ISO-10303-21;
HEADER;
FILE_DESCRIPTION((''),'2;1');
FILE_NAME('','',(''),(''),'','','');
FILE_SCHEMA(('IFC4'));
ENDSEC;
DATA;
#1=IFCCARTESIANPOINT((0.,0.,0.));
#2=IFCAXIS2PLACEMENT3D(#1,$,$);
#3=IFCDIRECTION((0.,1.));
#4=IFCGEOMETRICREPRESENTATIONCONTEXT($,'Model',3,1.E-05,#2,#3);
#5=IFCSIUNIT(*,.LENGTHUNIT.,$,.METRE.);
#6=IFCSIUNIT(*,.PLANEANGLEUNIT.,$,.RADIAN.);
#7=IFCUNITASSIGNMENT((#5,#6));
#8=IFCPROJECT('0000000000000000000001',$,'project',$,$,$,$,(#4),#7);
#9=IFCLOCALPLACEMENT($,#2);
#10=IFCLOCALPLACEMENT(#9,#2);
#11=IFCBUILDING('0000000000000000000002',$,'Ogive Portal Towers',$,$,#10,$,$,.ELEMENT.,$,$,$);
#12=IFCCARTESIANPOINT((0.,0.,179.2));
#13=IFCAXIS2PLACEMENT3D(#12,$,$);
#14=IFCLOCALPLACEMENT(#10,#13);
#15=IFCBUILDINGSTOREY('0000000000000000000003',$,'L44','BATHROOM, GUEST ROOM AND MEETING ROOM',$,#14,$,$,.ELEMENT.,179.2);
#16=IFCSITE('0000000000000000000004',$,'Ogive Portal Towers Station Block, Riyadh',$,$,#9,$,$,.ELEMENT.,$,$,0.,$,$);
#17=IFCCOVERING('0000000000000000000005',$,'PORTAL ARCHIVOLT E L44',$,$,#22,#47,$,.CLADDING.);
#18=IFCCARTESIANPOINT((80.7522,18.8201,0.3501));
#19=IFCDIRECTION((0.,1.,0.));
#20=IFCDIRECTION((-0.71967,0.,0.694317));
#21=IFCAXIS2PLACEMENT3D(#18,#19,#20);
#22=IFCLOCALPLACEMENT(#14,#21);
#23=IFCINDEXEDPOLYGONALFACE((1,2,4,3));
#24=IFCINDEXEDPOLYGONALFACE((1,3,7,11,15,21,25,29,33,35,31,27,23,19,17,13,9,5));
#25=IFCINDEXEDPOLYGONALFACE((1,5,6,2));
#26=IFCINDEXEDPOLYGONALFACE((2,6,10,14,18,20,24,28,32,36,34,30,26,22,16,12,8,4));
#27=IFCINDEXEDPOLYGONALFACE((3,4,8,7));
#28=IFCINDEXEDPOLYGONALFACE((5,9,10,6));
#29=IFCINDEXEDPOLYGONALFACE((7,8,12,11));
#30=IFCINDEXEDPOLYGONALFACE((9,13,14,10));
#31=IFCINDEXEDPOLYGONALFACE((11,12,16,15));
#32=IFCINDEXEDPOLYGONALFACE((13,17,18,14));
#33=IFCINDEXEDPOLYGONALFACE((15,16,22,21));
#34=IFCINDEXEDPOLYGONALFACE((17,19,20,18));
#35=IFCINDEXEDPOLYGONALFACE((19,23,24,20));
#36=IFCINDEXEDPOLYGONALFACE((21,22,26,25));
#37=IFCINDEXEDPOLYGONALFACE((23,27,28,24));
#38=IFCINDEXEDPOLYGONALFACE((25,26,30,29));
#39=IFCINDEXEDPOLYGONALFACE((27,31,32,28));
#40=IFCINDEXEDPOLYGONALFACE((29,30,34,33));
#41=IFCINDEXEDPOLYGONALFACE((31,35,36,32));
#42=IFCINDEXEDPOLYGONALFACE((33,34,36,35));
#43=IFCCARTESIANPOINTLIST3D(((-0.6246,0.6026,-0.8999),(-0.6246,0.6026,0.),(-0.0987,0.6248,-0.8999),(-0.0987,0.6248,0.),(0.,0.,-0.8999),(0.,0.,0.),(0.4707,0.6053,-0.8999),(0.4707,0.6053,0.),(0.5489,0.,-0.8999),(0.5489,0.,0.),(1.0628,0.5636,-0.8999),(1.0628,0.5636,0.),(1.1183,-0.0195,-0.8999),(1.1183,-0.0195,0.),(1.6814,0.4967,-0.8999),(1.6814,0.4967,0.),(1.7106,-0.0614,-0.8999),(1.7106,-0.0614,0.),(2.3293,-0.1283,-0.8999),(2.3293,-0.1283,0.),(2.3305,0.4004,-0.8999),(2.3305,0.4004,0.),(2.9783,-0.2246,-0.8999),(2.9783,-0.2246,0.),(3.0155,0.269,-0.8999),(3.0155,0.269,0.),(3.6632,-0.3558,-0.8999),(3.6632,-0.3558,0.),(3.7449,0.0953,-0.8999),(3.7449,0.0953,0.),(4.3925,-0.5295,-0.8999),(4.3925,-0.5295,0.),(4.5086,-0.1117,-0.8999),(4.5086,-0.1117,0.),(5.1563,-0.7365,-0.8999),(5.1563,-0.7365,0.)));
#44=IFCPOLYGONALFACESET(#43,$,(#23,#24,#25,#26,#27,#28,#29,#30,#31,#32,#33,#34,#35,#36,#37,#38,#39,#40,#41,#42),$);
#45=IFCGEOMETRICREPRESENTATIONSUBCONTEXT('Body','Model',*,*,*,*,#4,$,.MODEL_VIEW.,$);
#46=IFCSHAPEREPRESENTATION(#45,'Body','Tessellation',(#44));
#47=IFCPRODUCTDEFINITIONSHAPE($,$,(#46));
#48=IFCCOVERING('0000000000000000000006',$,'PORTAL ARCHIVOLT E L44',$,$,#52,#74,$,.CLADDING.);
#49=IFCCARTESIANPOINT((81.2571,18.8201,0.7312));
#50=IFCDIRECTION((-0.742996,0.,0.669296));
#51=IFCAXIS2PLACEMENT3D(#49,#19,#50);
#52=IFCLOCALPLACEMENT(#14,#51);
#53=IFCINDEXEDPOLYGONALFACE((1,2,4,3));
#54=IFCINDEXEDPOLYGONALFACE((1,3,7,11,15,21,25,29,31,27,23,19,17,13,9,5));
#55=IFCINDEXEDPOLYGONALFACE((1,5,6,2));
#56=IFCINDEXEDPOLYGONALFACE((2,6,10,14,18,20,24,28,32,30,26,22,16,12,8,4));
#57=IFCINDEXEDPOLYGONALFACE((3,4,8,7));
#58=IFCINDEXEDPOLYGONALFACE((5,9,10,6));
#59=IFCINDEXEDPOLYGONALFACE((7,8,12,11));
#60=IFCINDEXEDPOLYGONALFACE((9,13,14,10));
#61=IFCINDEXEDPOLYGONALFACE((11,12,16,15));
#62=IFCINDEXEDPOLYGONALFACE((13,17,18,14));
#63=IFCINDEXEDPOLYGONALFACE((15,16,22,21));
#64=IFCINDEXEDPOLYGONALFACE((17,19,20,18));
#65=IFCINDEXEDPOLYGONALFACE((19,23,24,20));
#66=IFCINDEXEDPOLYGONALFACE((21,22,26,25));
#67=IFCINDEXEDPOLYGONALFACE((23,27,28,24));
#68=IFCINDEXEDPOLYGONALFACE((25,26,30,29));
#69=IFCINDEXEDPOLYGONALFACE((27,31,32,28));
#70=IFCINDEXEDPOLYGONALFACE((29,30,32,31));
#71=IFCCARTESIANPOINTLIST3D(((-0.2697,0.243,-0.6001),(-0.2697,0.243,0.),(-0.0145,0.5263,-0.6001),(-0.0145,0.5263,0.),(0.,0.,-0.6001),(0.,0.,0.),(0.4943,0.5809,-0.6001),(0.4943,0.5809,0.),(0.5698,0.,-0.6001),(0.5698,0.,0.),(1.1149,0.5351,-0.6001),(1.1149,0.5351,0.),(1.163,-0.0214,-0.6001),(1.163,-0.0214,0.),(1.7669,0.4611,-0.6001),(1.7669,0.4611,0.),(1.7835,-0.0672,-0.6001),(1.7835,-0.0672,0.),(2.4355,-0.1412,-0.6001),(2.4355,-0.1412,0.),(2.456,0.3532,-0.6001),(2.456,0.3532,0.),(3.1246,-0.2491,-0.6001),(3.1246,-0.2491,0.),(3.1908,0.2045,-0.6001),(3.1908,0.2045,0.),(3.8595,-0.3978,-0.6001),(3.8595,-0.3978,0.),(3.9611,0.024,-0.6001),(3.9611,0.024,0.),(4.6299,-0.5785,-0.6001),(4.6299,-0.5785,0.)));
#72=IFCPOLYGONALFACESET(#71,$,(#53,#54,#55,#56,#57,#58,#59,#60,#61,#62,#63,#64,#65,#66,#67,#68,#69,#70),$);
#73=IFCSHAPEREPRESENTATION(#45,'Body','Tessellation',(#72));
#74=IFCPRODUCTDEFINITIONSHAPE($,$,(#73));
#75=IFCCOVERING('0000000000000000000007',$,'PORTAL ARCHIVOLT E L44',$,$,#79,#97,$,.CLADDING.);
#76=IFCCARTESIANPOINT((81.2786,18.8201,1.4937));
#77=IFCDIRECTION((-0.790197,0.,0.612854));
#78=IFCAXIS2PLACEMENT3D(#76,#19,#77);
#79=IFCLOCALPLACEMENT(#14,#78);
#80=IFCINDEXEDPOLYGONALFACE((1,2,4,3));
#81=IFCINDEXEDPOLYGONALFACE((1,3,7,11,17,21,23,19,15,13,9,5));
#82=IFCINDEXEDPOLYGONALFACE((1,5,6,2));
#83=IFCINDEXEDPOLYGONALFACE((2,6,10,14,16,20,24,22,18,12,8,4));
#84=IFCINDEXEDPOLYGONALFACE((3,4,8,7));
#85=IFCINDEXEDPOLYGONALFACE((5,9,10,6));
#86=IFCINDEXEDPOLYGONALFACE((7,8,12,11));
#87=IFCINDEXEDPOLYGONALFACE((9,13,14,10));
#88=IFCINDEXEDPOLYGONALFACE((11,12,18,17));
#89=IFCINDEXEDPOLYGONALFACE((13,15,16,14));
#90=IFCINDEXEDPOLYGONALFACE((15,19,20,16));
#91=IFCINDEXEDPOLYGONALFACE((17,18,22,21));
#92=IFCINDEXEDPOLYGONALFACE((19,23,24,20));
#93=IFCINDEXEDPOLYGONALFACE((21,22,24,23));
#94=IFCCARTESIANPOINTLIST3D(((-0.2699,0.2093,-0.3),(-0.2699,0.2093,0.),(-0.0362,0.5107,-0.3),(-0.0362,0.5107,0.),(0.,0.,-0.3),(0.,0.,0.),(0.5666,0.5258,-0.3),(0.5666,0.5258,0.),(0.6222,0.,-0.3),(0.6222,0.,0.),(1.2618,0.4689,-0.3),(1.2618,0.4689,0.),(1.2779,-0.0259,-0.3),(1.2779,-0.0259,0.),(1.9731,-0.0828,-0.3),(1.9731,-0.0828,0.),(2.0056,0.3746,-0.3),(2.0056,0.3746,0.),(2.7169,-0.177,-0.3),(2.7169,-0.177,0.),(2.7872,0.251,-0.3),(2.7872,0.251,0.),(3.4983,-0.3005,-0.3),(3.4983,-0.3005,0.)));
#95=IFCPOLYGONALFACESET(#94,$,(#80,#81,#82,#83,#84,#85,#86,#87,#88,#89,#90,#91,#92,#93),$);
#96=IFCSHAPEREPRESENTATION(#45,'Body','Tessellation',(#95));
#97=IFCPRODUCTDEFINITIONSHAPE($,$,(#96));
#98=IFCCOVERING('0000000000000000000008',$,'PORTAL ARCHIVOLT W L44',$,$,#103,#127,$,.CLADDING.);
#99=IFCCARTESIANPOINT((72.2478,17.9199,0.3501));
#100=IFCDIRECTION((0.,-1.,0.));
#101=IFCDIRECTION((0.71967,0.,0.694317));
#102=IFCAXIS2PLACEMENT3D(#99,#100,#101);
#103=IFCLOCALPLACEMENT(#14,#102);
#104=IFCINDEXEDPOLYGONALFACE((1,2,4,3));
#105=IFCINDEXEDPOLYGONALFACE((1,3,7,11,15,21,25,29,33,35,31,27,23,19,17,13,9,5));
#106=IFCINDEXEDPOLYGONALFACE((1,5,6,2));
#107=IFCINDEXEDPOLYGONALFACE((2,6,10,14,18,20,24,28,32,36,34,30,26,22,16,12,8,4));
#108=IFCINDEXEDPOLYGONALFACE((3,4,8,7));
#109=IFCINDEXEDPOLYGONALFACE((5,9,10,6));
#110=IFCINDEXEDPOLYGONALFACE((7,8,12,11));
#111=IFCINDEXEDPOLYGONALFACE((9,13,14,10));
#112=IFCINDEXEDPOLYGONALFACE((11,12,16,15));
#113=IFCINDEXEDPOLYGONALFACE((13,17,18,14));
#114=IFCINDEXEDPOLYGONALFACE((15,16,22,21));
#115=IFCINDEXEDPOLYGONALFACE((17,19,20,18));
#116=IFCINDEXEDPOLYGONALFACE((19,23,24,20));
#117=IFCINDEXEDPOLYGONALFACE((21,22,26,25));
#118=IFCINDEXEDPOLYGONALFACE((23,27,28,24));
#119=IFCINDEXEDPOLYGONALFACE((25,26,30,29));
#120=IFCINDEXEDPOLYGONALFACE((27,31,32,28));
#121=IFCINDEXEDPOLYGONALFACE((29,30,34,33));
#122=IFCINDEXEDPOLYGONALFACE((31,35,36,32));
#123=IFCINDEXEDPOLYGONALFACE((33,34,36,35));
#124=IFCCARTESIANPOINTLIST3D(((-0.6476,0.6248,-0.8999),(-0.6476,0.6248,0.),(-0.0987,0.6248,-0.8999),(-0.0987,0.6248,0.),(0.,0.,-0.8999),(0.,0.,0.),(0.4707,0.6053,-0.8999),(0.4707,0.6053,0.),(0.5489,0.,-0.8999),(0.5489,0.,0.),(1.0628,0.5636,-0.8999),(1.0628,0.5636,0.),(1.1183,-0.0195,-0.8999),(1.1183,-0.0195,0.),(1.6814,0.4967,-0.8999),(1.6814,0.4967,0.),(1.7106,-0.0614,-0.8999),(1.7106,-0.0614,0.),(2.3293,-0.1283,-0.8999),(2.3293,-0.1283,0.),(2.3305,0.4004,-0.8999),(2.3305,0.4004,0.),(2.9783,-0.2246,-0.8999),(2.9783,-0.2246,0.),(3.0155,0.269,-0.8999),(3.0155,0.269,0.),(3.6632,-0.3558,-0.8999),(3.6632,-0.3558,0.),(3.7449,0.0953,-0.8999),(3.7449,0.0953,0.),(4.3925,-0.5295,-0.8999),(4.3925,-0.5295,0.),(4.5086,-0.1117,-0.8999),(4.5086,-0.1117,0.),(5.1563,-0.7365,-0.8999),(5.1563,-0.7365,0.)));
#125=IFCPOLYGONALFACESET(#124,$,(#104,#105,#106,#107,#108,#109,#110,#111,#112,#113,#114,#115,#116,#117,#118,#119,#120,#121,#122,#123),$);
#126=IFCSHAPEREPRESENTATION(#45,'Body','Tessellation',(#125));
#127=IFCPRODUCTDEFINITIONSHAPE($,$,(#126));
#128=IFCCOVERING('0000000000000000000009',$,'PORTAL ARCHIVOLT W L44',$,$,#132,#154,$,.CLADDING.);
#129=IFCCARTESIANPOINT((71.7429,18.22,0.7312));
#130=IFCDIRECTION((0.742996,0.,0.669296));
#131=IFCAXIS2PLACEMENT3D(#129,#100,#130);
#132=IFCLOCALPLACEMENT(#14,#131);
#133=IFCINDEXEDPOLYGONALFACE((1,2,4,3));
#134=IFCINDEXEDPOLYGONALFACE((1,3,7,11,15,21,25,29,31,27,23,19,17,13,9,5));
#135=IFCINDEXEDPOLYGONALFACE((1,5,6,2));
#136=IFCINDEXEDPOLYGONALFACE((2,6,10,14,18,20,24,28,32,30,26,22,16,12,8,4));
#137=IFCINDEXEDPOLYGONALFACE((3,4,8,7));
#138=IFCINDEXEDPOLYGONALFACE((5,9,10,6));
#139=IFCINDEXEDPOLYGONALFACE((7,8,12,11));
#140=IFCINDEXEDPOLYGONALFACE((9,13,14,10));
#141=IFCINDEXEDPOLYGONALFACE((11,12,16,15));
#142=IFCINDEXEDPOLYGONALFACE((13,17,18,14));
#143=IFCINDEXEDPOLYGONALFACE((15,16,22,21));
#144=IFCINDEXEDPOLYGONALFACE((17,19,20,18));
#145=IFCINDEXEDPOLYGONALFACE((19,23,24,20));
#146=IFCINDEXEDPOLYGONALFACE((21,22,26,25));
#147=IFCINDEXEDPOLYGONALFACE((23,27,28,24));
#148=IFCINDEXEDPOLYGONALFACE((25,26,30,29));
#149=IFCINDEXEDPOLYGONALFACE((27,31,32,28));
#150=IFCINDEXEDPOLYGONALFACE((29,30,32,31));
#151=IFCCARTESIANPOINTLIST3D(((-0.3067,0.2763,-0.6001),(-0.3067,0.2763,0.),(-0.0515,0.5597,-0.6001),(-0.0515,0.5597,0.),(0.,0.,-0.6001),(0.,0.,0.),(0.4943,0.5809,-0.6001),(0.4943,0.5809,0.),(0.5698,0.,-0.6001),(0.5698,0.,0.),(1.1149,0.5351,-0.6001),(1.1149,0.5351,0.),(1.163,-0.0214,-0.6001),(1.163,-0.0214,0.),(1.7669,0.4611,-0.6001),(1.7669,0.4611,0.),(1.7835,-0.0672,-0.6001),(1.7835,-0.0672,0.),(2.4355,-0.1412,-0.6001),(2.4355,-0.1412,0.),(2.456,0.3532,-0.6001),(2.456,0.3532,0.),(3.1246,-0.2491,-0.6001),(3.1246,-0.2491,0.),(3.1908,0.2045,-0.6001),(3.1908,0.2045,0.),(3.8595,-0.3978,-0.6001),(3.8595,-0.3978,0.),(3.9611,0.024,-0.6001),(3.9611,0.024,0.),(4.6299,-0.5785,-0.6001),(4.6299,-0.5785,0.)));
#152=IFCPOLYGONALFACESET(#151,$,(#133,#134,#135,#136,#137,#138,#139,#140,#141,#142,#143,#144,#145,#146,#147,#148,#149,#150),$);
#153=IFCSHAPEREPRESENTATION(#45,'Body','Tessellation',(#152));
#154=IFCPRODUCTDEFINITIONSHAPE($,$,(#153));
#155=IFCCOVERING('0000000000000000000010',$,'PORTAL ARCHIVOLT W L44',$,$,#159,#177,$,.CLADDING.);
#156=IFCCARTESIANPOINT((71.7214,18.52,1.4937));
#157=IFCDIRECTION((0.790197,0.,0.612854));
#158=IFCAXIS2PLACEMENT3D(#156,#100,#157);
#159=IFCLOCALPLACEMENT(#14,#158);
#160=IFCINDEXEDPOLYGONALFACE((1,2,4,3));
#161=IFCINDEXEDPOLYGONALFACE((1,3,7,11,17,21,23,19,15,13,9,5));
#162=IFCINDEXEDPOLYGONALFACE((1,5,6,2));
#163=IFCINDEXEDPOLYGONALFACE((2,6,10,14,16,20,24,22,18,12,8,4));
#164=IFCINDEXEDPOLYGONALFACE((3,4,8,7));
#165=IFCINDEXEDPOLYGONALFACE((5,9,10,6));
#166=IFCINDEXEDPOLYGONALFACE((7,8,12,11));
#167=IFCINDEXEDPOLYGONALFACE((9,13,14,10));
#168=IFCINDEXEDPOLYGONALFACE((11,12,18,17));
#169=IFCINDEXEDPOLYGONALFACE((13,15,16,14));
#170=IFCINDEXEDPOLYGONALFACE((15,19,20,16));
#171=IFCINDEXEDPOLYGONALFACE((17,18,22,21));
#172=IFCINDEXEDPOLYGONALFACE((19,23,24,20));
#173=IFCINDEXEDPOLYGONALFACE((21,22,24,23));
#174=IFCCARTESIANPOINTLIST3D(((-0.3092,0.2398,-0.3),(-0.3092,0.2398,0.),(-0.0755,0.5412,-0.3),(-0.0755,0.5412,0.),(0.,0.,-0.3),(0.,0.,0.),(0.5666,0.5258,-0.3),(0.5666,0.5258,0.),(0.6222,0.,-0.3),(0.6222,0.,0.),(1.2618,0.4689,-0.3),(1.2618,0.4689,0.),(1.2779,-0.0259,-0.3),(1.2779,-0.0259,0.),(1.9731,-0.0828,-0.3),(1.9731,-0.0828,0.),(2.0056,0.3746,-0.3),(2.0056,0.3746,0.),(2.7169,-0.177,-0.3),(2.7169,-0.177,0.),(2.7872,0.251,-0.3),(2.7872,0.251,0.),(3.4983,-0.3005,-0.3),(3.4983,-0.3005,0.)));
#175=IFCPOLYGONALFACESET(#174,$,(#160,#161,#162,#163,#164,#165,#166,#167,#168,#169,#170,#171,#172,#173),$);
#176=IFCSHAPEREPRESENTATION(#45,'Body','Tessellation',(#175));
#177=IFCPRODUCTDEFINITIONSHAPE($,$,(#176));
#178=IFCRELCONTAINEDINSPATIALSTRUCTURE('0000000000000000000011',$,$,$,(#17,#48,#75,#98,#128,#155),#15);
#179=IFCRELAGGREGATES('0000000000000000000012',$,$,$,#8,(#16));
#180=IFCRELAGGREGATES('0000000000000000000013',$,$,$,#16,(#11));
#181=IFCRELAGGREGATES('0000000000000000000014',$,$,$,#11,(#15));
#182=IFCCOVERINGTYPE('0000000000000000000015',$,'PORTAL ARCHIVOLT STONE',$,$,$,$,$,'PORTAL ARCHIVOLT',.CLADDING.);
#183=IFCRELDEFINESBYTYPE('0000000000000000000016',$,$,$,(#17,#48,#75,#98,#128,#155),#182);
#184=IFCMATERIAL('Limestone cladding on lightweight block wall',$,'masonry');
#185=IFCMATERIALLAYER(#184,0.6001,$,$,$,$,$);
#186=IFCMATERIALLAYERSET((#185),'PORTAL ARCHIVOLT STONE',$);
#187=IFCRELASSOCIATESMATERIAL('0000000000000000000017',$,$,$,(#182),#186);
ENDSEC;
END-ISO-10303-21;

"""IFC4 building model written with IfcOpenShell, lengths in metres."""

from ifc_helpers import new_model, si_unit, direction, frame, origin, place, context, subcontext, project, spatial, polyline, outline, extrude, material, layer, layer_set, type_object, element, save


model = new_model("IFC4")

# Units and contexts
model_context = context("Model", 3, precision=1e-05, world=origin(), true_north=direction((0.0, 1.0)))
body_context = subcontext(model_context, "Body", "Model", "MODEL_VIEW")
ifc_project = project(units=[si_unit("LENGTHUNIT", "METRE"), si_unit("PLANEANGLEUNIT", "RADIAN")], contexts=[model_context])

# Site, building, storey
site_placement = place(None, origin())
site = spatial("IfcSite", under=ifc_project, at=site_placement, Name="Ogive Portal Towers Station Block, Riyadh", CompositionType="ELEMENT", RefElevation=0.0)
building_placement = place(site_placement, origin())
building = spatial("IfcBuilding", under=site, at=building_placement, Name="Ogive Portal Towers", CompositionType="ELEMENT")
storey_placement = place(building_placement, frame((0.0, 0.0, 179.2)))
storey = spatial("IfcBuildingStorey", under=building, at=storey_placement, Name="L44", Description="BATHROOM, GUEST ROOM AND MEETING ROOM", CompositionType="ELEMENT", Elevation=179.2)

# Shared definitions
ifc_material_1 = material(Name="Limestone cladding on lightweight block wall", Category="masonry")

# Coverings
ifc_layer_1 = layer(ifc_material_1, 0.6001)
ifc_layer_set_1 = layer_set([ifc_layer_1], Name="PORTAL ARCHIVOLT STONE")
covering_type_1 = type_object("IfcCoveringType", Name="PORTAL ARCHIVOLT STONE", ElementType="PORTAL ARCHIVOLT", PredefinedType="CLADDING", material=ifc_layer_set_1)
covering_1_placement = place(storey_placement, frame((80.7522, 18.8201, 0.3501), z_axis=(0.0, 1.0, 0.0), x_axis=(-0.71967, 0.0, 0.694317)))
element("IfcCovering", 1, at=covering_1_placement, inside=storey, type_object=covering_type_1, Name="PORTAL ARCHIVOLT E L44", PredefinedType="CLADDING", context=body_context, shape_type="SweptSolid", body=[
    extrude(outline(polyline([(0.0, 0.0), (0.5489, 0.0), (1.1183, -0.0195), (1.7106, -0.0614), (2.3293, -0.1283), (2.9783, -0.2246), (3.6632, -0.3558), (4.3925, -0.5295), (5.1563, -0.7365), (4.5086, -0.1117), (3.7449, 0.0953), (3.0155, 0.269), (2.3305, 0.4004), (1.6814, 0.4967), (1.0628, 0.5636), (0.4707, 0.6053), (-0.0987, 0.6248), (-0.6246, 0.6026), (0.0, 0.0)])), origin(), (0.0, 0.0, -1.0), 0.8999),
])
covering_2_placement = place(storey_placement, frame((81.2571, 18.8201, 0.7312), z_axis=(0.0, 1.0, 0.0), x_axis=(-0.742996, 0.0, 0.669296)))
element("IfcCovering", 2, at=covering_2_placement, inside=storey, type_object=covering_type_1, Name="PORTAL ARCHIVOLT E L44", PredefinedType="CLADDING", context=body_context, shape_type="SweptSolid", body=[
    extrude(outline(polyline([(0.0, 0.0), (0.5698, 0.0), (1.163, -0.0214), (1.7835, -0.0672), (2.4355, -0.1412), (3.1246, -0.2491), (3.8595, -0.3978), (4.6299, -0.5785), (3.9611, 0.024), (3.1908, 0.2045), (2.456, 0.3532), (1.7669, 0.4611), (1.1149, 0.5351), (0.4943, 0.5809), (-0.0145, 0.5263), (-0.2697, 0.243), (0.0, 0.0)])), origin(), (0.0, 0.0, -1.0), 0.6001),
])
covering_3_placement = place(storey_placement, frame((81.2786, 18.8201, 1.4937), z_axis=(0.0, 1.0, 0.0), x_axis=(-0.790197, 0.0, 0.612854)))
element("IfcCovering", 3, at=covering_3_placement, inside=storey, type_object=covering_type_1, Name="PORTAL ARCHIVOLT E L44", PredefinedType="CLADDING", context=body_context, shape_type="SweptSolid", body=[
    extrude(outline(polyline([(0.0, 0.0), (0.6222, 0.0), (1.2779, -0.0259), (1.9731, -0.0828), (2.7169, -0.177), (3.4983, -0.3005), (2.7872, 0.251), (2.0056, 0.3746), (1.2618, 0.4689), (0.5666, 0.5258), (-0.0362, 0.5107), (-0.2699, 0.2093), (0.0, 0.0)])), origin(), (0.0, 0.0, -1.0), 0.3),
])
covering_4_placement = place(storey_placement, frame((72.2478, 17.9199, 0.3501), z_axis=(0.0, -1.0, 0.0), x_axis=(0.71967, 0.0, 0.694317)))
element("IfcCovering", 4, at=covering_4_placement, inside=storey, type_object=covering_type_1, Name="PORTAL ARCHIVOLT W L44", PredefinedType="CLADDING", context=body_context, shape_type="SweptSolid", body=[
    extrude(outline(polyline([(0.0, 0.0), (0.5489, 0.0), (1.1183, -0.0195), (1.7106, -0.0614), (2.3293, -0.1283), (2.9783, -0.2246), (3.6632, -0.3558), (4.3925, -0.5295), (5.1563, -0.7365), (4.5086, -0.1117), (3.7449, 0.0953), (3.0155, 0.269), (2.3305, 0.4004), (1.6814, 0.4967), (1.0628, 0.5636), (0.4707, 0.6053), (-0.0987, 0.6248), (-0.6476, 0.6248), (0.0, 0.0)])), origin(), (0.0, 0.0, -1.0), 0.8999),
])
covering_5_placement = place(storey_placement, frame((71.7429, 18.22, 0.7312), z_axis=(0.0, -1.0, 0.0), x_axis=(0.742996, 0.0, 0.669296)))
element("IfcCovering", 5, at=covering_5_placement, inside=storey, type_object=covering_type_1, Name="PORTAL ARCHIVOLT W L44", PredefinedType="CLADDING", context=body_context, shape_type="SweptSolid", body=[
    extrude(outline(polyline([(0.0, 0.0), (0.5698, 0.0), (1.163, -0.0214), (1.7835, -0.0672), (2.4355, -0.1412), (3.1246, -0.2491), (3.8595, -0.3978), (4.6299, -0.5785), (3.9611, 0.024), (3.1908, 0.2045), (2.456, 0.3532), (1.7669, 0.4611), (1.1149, 0.5351), (0.4943, 0.5809), (-0.0515, 0.5597), (-0.3067, 0.2763), (0.0, 0.0)])), origin(), (0.0, 0.0, -1.0), 0.6001),
])
covering_6_placement = place(storey_placement, frame((71.7214, 18.52, 1.4937), z_axis=(0.0, -1.0, 0.0), x_axis=(0.790197, 0.0, 0.612854)))
element("IfcCovering", 6, at=covering_6_placement, inside=storey, type_object=covering_type_1, Name="PORTAL ARCHIVOLT W L44", PredefinedType="CLADDING", context=body_context, shape_type="SweptSolid", body=[
    extrude(outline(polyline([(0.0, 0.0), (0.6222, 0.0), (1.2779, -0.0259), (1.9731, -0.0828), (2.7169, -0.177), (3.4983, -0.3005), (2.7872, 0.251), (2.0056, 0.3746), (1.2618, 0.4689), (0.5666, 0.5258), (-0.0755, 0.5412), (-0.3092, 0.2398), (0.0, 0.0)])), origin(), (0.0, 0.0, -1.0), 0.3),
])

save(model, "model.ifc")
